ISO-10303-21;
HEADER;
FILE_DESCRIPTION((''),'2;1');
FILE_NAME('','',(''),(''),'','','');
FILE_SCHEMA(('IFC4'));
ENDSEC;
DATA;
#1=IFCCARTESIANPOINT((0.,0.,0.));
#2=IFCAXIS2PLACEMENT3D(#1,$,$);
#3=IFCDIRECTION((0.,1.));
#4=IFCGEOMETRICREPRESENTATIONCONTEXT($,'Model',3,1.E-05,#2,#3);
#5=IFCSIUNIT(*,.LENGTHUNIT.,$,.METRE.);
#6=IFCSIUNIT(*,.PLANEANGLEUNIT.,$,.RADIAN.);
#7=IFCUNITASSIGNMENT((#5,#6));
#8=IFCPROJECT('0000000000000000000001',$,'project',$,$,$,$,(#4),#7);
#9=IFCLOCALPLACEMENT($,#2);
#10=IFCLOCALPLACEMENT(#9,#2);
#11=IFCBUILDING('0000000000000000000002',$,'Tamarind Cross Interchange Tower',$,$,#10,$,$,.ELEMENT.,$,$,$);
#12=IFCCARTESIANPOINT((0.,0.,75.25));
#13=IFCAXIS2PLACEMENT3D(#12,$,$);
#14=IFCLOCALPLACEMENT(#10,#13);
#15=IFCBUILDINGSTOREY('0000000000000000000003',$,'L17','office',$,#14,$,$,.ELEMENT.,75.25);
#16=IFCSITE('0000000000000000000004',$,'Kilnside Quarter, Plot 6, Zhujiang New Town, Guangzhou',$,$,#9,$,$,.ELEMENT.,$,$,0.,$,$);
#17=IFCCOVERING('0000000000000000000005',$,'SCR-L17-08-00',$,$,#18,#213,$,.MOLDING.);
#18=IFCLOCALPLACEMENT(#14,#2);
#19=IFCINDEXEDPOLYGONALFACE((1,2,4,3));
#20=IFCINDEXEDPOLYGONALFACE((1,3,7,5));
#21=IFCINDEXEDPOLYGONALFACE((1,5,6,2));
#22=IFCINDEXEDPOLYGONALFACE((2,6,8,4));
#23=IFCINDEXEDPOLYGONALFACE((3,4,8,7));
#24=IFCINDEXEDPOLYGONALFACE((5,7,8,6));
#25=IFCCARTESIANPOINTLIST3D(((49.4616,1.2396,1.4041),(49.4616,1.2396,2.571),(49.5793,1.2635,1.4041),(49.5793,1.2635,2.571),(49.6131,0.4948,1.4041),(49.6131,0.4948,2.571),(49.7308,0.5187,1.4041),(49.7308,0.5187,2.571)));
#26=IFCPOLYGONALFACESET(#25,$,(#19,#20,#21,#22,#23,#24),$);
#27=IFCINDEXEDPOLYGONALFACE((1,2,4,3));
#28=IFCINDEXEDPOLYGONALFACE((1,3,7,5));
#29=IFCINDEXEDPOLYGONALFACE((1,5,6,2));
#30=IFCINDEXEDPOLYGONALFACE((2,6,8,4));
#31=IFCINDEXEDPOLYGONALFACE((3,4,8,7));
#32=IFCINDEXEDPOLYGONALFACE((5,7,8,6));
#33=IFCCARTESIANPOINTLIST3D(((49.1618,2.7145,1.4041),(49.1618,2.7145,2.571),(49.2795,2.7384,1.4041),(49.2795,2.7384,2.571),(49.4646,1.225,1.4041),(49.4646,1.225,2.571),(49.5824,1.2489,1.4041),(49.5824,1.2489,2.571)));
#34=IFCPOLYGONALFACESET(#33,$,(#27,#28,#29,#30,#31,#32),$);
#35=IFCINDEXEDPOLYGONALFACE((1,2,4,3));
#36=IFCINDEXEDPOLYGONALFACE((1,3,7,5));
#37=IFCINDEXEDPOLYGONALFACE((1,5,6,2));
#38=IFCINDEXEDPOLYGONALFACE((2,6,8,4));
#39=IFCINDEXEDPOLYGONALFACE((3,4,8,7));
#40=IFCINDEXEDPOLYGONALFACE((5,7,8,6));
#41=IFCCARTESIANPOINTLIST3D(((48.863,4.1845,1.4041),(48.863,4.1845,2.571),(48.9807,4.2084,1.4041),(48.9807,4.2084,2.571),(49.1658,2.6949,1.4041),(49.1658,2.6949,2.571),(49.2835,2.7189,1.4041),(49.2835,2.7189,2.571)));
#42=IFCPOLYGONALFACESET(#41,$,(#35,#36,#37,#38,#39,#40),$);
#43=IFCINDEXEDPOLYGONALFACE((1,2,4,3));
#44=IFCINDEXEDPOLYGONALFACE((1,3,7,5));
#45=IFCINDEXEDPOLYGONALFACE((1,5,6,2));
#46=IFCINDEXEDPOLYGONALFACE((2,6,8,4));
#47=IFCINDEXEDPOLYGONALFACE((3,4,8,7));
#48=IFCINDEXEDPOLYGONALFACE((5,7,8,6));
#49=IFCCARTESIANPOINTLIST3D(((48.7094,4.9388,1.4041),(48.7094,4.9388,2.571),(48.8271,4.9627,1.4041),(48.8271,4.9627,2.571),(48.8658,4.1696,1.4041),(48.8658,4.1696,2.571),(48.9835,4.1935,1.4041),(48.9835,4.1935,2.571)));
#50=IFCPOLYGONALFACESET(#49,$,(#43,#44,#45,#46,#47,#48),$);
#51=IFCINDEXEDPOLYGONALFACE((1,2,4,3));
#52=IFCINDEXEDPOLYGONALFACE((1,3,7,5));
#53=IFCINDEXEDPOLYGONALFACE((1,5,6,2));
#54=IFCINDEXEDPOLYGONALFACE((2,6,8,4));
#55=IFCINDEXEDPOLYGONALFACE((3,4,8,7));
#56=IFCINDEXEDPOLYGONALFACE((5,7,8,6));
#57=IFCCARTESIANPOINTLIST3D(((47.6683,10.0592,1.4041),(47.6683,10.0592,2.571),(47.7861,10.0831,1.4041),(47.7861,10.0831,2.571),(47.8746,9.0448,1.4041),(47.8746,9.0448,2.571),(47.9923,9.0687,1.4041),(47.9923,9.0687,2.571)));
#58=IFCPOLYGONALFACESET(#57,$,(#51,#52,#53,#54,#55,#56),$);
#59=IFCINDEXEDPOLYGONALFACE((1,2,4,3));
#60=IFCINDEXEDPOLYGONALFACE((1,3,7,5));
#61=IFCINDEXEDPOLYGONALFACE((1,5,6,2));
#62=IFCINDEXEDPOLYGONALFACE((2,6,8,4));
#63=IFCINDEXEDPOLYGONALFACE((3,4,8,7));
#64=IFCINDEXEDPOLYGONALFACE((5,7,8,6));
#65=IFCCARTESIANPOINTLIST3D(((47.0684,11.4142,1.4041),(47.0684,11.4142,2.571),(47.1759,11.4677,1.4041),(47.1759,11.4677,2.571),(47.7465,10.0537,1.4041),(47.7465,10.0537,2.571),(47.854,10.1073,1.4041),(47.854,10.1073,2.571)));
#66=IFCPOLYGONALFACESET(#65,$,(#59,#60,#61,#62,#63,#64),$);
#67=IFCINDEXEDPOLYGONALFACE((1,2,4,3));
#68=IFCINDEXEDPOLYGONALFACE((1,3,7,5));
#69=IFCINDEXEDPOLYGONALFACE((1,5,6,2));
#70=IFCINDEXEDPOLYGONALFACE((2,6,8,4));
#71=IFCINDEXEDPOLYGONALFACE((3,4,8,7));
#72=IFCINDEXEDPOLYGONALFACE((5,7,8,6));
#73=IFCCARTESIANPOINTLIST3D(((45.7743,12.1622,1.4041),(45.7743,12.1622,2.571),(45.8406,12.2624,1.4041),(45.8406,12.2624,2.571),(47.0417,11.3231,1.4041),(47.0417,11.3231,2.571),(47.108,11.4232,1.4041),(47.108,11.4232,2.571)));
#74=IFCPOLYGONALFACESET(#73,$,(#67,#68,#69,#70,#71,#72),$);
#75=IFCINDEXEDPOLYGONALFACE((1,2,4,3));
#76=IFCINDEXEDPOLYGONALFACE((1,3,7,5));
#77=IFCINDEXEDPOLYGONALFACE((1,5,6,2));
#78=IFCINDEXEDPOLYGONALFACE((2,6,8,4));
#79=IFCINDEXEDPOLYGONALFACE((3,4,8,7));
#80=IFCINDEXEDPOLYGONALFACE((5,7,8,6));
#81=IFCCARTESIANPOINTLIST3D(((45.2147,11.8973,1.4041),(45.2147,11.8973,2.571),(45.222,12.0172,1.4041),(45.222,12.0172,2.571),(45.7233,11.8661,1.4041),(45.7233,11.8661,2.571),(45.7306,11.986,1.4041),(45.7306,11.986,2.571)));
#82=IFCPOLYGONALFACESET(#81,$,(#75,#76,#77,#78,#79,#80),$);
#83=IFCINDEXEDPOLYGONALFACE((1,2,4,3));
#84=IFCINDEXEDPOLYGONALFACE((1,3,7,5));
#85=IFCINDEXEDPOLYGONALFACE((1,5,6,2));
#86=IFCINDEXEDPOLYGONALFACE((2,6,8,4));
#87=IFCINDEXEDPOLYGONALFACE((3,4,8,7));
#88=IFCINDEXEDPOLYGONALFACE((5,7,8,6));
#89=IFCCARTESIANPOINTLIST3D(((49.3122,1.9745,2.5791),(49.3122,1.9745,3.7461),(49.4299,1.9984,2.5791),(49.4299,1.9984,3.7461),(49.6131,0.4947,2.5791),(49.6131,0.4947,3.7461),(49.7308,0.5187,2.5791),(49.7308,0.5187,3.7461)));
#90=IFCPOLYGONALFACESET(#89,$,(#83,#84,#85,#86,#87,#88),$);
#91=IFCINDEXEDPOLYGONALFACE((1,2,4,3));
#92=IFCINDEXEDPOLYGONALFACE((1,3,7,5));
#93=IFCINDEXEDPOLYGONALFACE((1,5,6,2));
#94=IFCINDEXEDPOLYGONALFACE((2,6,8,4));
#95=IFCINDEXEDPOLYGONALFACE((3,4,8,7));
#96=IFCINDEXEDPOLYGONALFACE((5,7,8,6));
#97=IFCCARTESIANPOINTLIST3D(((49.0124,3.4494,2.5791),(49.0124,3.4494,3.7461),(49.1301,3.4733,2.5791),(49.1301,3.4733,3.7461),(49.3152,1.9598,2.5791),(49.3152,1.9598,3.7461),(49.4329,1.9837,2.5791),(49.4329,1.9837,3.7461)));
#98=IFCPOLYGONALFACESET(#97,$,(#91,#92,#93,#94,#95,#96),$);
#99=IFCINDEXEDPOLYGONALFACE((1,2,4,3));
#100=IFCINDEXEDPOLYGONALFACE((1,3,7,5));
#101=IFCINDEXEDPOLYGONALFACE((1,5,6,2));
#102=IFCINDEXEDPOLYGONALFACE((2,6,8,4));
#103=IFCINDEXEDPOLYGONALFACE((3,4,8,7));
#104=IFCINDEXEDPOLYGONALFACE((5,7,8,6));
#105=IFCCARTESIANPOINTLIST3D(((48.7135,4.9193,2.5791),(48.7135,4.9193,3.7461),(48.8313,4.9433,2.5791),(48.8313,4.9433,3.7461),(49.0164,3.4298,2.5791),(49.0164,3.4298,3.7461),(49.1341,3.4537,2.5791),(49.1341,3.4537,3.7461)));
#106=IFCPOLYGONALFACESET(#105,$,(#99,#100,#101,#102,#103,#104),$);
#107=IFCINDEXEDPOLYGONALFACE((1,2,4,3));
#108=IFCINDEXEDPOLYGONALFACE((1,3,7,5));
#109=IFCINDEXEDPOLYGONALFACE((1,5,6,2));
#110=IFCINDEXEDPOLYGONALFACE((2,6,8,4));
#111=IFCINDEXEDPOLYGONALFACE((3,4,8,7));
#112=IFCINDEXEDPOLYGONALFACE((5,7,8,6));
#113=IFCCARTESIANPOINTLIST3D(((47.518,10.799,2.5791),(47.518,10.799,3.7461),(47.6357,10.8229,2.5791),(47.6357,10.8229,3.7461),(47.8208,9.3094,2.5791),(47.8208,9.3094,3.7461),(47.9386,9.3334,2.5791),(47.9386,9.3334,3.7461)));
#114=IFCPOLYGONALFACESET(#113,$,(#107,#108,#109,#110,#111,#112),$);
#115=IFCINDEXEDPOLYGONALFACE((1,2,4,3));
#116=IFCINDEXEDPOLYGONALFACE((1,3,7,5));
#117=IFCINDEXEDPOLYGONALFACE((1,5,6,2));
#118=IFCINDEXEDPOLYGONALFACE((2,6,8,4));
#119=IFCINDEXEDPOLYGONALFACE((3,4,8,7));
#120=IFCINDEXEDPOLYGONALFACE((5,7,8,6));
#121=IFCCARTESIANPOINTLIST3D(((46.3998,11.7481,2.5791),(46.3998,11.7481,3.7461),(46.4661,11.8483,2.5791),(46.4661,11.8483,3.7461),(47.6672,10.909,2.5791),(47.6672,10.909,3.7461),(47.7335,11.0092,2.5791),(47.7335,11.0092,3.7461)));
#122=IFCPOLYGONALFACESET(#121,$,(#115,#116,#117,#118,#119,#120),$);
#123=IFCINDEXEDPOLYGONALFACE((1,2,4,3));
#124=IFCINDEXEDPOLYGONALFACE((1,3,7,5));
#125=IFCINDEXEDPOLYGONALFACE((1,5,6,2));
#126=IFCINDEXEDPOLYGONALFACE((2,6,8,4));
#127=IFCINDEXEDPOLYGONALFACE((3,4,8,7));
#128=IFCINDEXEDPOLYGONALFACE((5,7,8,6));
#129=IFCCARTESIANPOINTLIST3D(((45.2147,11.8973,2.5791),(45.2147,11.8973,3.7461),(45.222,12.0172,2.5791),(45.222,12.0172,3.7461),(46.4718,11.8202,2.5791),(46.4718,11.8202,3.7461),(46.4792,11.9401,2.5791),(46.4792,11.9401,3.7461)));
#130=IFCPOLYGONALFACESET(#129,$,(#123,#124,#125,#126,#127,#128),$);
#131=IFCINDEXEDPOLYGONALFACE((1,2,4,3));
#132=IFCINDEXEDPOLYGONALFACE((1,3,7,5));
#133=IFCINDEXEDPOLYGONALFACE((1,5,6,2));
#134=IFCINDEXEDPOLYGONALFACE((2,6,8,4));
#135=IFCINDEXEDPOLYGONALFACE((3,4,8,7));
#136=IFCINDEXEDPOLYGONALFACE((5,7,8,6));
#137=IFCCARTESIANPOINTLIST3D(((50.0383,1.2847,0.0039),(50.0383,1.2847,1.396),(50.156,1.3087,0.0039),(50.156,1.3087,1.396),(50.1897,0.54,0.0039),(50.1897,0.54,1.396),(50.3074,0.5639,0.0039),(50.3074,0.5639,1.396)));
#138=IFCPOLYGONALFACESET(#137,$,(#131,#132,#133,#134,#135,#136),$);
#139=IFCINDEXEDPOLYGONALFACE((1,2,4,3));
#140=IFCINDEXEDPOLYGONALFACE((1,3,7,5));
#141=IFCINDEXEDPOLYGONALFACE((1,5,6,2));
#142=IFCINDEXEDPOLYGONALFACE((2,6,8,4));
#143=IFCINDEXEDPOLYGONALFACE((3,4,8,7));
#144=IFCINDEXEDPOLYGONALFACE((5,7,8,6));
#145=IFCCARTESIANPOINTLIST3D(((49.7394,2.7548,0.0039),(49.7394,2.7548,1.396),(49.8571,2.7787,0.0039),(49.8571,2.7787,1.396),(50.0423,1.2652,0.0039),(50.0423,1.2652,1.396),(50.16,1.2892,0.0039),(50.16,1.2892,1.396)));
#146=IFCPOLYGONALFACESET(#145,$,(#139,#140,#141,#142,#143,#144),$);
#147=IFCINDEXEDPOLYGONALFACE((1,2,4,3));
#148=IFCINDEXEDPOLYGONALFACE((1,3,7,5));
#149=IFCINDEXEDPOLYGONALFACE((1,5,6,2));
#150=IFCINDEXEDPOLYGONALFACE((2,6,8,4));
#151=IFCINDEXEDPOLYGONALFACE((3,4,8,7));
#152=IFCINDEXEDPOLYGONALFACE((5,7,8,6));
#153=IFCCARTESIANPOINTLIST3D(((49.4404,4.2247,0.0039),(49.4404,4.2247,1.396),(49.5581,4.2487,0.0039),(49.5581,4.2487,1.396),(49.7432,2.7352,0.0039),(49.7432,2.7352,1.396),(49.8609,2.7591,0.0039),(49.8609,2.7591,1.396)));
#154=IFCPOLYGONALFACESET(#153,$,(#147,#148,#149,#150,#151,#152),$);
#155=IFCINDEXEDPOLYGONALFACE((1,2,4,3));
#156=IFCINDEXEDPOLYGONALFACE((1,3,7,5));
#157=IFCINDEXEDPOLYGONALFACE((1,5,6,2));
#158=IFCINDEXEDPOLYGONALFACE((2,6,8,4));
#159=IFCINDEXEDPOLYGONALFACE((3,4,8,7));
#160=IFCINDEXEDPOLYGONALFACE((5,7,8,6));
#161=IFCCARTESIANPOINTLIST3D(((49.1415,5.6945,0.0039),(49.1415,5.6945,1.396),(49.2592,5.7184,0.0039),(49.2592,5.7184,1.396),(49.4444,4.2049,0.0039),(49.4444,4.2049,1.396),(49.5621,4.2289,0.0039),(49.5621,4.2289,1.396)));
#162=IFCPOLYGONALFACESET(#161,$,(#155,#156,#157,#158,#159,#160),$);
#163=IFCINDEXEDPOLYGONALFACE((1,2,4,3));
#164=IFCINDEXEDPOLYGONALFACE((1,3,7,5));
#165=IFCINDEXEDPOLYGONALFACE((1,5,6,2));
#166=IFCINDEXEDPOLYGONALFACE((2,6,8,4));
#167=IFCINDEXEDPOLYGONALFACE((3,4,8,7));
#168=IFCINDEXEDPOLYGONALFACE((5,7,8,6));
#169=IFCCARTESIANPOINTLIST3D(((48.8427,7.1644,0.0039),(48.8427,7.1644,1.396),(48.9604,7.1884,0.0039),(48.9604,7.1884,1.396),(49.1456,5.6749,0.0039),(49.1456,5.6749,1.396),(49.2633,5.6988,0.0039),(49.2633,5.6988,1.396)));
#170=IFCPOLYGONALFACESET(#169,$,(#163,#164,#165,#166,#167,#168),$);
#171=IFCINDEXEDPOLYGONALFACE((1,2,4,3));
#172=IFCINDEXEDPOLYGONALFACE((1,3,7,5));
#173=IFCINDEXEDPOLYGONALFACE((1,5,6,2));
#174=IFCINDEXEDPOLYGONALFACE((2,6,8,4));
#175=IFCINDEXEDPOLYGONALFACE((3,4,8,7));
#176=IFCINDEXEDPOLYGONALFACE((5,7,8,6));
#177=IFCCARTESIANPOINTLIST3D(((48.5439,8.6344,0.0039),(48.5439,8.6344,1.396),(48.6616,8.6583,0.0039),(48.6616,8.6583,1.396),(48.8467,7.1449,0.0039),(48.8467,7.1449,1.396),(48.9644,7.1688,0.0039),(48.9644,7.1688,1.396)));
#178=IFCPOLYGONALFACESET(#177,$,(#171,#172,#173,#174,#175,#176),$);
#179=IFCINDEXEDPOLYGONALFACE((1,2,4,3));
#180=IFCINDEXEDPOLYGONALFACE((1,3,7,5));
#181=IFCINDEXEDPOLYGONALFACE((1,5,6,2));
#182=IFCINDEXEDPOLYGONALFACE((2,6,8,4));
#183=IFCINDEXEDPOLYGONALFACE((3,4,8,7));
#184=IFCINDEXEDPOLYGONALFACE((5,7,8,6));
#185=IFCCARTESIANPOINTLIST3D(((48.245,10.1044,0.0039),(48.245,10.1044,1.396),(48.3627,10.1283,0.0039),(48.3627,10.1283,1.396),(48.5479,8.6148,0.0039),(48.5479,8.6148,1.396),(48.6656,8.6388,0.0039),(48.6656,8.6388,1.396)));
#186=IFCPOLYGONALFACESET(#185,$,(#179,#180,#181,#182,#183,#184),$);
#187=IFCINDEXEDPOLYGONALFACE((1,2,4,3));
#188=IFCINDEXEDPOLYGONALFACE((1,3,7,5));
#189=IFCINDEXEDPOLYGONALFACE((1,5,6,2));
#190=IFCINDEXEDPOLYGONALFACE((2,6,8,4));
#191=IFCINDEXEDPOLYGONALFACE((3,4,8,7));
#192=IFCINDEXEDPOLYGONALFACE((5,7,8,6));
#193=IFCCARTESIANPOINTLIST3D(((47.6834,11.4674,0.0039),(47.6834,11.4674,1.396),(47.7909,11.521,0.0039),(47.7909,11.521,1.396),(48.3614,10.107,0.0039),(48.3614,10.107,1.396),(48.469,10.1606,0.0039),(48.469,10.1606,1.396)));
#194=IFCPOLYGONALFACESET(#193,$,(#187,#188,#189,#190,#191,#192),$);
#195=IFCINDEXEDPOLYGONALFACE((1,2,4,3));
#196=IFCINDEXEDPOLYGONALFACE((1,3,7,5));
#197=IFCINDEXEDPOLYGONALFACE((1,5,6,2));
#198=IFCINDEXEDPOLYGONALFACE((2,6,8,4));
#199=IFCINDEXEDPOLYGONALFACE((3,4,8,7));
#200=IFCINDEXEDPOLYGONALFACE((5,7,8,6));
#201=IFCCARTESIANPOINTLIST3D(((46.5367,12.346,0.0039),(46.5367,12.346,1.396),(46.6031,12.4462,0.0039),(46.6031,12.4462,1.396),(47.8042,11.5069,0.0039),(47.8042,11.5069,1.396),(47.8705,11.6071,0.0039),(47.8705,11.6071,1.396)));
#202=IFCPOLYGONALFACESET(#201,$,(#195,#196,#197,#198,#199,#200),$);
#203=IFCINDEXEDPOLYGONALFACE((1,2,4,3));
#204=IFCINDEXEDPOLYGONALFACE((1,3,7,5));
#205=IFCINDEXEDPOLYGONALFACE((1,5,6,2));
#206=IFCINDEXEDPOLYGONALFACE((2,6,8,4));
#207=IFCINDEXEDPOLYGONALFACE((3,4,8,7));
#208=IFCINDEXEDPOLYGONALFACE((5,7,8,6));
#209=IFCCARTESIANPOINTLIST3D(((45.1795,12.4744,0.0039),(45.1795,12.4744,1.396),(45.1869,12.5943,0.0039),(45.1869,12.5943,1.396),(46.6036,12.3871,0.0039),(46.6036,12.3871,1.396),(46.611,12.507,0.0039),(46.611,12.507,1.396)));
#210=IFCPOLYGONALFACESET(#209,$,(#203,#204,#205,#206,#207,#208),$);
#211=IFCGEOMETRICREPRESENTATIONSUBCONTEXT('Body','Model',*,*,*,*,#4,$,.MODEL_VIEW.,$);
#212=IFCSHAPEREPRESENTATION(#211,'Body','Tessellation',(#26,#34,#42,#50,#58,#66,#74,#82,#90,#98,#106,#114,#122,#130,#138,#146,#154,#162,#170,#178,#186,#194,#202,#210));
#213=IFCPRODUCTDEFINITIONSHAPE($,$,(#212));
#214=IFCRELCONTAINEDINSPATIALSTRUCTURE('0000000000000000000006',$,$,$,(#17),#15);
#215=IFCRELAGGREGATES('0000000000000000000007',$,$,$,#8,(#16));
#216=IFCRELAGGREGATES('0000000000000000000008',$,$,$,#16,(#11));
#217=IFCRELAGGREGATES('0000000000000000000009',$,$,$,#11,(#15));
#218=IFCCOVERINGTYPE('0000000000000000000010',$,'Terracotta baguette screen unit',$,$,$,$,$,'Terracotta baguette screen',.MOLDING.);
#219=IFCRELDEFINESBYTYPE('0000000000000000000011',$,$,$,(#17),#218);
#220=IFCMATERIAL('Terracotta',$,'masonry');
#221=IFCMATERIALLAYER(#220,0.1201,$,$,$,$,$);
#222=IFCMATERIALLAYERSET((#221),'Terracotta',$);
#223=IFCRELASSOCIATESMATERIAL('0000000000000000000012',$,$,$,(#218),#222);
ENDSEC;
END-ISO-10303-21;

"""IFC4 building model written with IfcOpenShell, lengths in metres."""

from ifc_helpers import new_model, si_unit, direction, frame, origin, origin_2d, place, context, subcontext, project, spatial, rectangle, extrude, material, layer, layer_set, type_object, element, save


model = new_model("IFC4")

# Units and contexts
model_context = context("Model", 3, precision=1e-05, world=origin(), true_north=direction((0.0, 1.0)))
body_context = subcontext(model_context, "Body", "Model", "MODEL_VIEW")
ifc_project = project(units=[si_unit("LENGTHUNIT", "METRE"), si_unit("PLANEANGLEUNIT", "RADIAN")], contexts=[model_context])

# Site, building, storey
site_placement = place(None, origin())
site = spatial("IfcSite", under=ifc_project, at=site_placement, Name="Kilnside Quarter, Plot 6, Zhujiang New Town, Guangzhou", CompositionType="ELEMENT", RefElevation=0.0)
building_placement = place(site_placement, origin())
building = spatial("IfcBuilding", under=site, at=building_placement, Name="Tamarind Cross Interchange Tower", CompositionType="ELEMENT")
storey_placement = place(building_placement, frame((0.0, 0.0, 75.25)))
storey = spatial("IfcBuildingStorey", under=building, at=storey_placement, Name="L17", Description="office", CompositionType="ELEMENT", Elevation=75.25)

# Covering
ifc_material_1 = material(Name="Terracotta", Category="masonry")
ifc_layer_1 = layer(ifc_material_1, 0.1201)
ifc_layer_set_1 = layer_set([ifc_layer_1], Name="Terracotta")
covering_type = type_object("IfcCoveringType", Name="Terracotta baguette screen unit", ElementType="Terracotta baguette screen", PredefinedType="MOLDING", material=ifc_layer_set_1)
covering_1_placement = place(storey_placement, origin())
element("IfcCovering", 1, at=covering_1_placement, inside=storey, type_object=covering_type, Name="SCR-L17-08-00", PredefinedType="MOLDING", context=body_context, shape_type="SweptSolid", body=[
    extrude(rectangle(XDim=0.76, YDim=0.1201, at=origin_2d()), frame((49.5962, 0.8792, 1.4041), z_axis=(0.0, 0.0, 1.0), x_axis=(-0.199245, 0.97995, 0.0)), (0.0, 0.0, 1.0), 1.167),
    extrude(rectangle(XDim=1.52, YDim=0.1201, at=origin_2d()), frame((49.3721, 1.9817, 1.4041), z_axis=(0.0, 0.0, 1.0), x_axis=(-0.199245, 0.97995, 0.0)), (0.0, 0.0, 1.0), 1.167),
    extrude(rectangle(XDim=1.52, YDim=0.1201, at=origin_2d()), frame((49.0732, 3.4517, 1.4041), z_axis=(0.0, 0.0, 1.0), x_axis=(-0.199245, 0.97995, 0.0)), (0.0, 0.0, 1.0), 1.167),
    extrude(rectangle(XDim=0.7849, YDim=0.1201, at=origin_2d()), frame((48.8464, 4.5662, 1.4041), z_axis=(0.0, 0.0, 1.0), x_axis=(-0.199245, 0.97995, 0.0)), (0.0, 0.0, 1.0), 1.167),
    extrude(rectangle(XDim=1.0352, YDim=0.1201, at=origin_2d()), frame((47.8303, 9.564, 1.4041), z_axis=(0.0, 0.0, 1.0), x_axis=(-0.199245, 0.97995, 0.0)), (0.0, 0.0, 1.0), 1.167),
    extrude(rectangle(XDim=1.52, YDim=0.1201, at=origin_2d()), frame((47.4612, 10.7607, 1.4041), z_axis=(0.0, 0.0, 1.0), x_axis=(-0.446085, 0.89499, 0.0)), (0.0, 0.0, 1.0), 1.167),
    extrude(rectangle(XDim=1.52, YDim=0.1201, at=origin_2d()), frame((46.4412, 11.7927, 1.4041), z_axis=(0.0, 0.0, 1.0), x_axis=(-0.833816, 0.552042, 0.0)), (0.0, 0.0, 1.0), 1.167),
    extrude(rectangle(XDim=0.5095, YDim=0.1201, at=origin_2d()), frame((45.4727, 11.9417, 1.4041), z_axis=(0.0, 0.0, 1.0), x_axis=(-0.998127, 0.061174, 0.0)), (0.0, 0.0, 1.0), 1.167),
    extrude(rectangle(XDim=1.51, YDim=0.1201, at=origin_2d()), frame((49.5215, 1.2466, 2.5791), z_axis=(0.0, 0.0, 1.0), x_axis=(-0.199245, 0.97995, 0.0)), (0.0, 0.0, 1.0), 1.167),
    extrude(rectangle(XDim=1.52, YDim=0.1201, at=origin_2d()), frame((49.2227, 2.7166, 2.5791), z_axis=(0.0, 0.0, 1.0), x_axis=(-0.199245, 0.97995, 0.0)), (0.0, 0.0, 1.0), 1.167),
    extrude(rectangle(XDim=1.52, YDim=0.1201, at=origin_2d()), frame((48.9238, 4.1865, 2.5791), z_axis=(0.0, 0.0, 1.0), x_axis=(-0.199245, 0.97995, 0.0)), (0.0, 0.0, 1.0), 1.167),
    extrude(rectangle(XDim=1.52, YDim=0.1201, at=origin_2d()), frame((47.7283, 10.0662, 2.5791), z_axis=(0.0, 0.0, 1.0), x_axis=(-0.199245, 0.97995, 0.0)), (0.0, 0.0, 1.0), 1.167),
    extrude(rectangle(XDim=1.52, YDim=0.1201, at=origin_2d()), frame((47.0667, 11.3787, 2.5791), z_axis=(0.0, 0.0, 1.0), x_axis=(-0.833816, 0.552042, 0.0)), (0.0, 0.0, 1.0), 1.167),
    extrude(rectangle(XDim=1.2595, YDim=0.1201, at=origin_2d()), frame((45.8469, 11.9187, 2.5791), z_axis=(0.0, 0.0, 1.0), x_axis=(-0.998127, 0.061174, 0.0)), (0.0, 0.0, 1.0), 1.167),
    extrude(rectangle(XDim=0.76, YDim=0.1201, at=origin_2d()), frame((50.1729, 0.9243, 0.0039), z_axis=(0.0, 0.0, 1.0), x_axis=(-0.199245, 0.97995, 0.0)), (0.0, 0.0, 1.0), 1.3921),
    extrude(rectangle(XDim=1.52, YDim=0.1201, at=origin_2d()), frame((49.9497, 2.022, 0.0039), z_axis=(0.0, 0.0, 1.0), x_axis=(-0.199245, 0.97995, 0.0)), (0.0, 0.0, 1.0), 1.3921),
    extrude(rectangle(XDim=1.52, YDim=0.1201, at=origin_2d()), frame((49.6506, 3.4919, 0.0039), z_axis=(0.0, 0.0, 1.0), x_axis=(-0.199245, 0.97995, 0.0)), (0.0, 0.0, 1.0), 1.3921),
    extrude(rectangle(XDim=1.52, YDim=0.1201, at=origin_2d()), frame((49.3518, 4.9617, 0.0039), z_axis=(0.0, 0.0, 1.0), x_axis=(-0.199245, 0.97995, 0.0)), (0.0, 0.0, 1.0), 1.3921),
    extrude(rectangle(XDim=1.52, YDim=0.1201, at=origin_2d()), frame((49.053, 6.4316, 0.0039), z_axis=(0.0, 0.0, 1.0), x_axis=(-0.199245, 0.97995, 0.0)), (0.0, 0.0, 1.0), 1.3921),
    extrude(rectangle(XDim=1.52, YDim=0.1201, at=origin_2d()), frame((48.7542, 7.9016, 0.0039), z_axis=(0.0, 0.0, 1.0), x_axis=(-0.199245, 0.97995, 0.0)), (0.0, 0.0, 1.0), 1.3921),
    extrude(rectangle(XDim=1.52, YDim=0.1201, at=origin_2d()), frame((48.4553, 9.3716, 0.0039), z_axis=(0.0, 0.0, 1.0), x_axis=(-0.199245, 0.97995, 0.0)), (0.0, 0.0, 1.0), 1.3921),
    extrude(rectangle(XDim=1.52, YDim=0.1201, at=origin_2d()), frame((48.0762, 10.814, 0.0039), z_axis=(0.0, 0.0, 1.0), x_axis=(-0.446085, 0.89499, 0.0)), (0.0, 0.0, 1.0), 1.3921),
    extrude(rectangle(XDim=1.52, YDim=0.1201, at=origin_2d()), frame((47.2036, 11.9766, 0.0039), z_axis=(0.0, 0.0, 1.0), x_axis=(-0.833816, 0.552042, 0.0)), (0.0, 0.0, 1.0), 1.3921),
    extrude(rectangle(XDim=1.4268, YDim=0.1201, at=origin_2d()), frame((45.8953, 12.4907, 0.0039), z_axis=(0.0, 0.0, 1.0), x_axis=(-0.998127, 0.061174, 0.0)), (0.0, 0.0, 1.0), 1.3921),
])

save(model, "model.ifc")
